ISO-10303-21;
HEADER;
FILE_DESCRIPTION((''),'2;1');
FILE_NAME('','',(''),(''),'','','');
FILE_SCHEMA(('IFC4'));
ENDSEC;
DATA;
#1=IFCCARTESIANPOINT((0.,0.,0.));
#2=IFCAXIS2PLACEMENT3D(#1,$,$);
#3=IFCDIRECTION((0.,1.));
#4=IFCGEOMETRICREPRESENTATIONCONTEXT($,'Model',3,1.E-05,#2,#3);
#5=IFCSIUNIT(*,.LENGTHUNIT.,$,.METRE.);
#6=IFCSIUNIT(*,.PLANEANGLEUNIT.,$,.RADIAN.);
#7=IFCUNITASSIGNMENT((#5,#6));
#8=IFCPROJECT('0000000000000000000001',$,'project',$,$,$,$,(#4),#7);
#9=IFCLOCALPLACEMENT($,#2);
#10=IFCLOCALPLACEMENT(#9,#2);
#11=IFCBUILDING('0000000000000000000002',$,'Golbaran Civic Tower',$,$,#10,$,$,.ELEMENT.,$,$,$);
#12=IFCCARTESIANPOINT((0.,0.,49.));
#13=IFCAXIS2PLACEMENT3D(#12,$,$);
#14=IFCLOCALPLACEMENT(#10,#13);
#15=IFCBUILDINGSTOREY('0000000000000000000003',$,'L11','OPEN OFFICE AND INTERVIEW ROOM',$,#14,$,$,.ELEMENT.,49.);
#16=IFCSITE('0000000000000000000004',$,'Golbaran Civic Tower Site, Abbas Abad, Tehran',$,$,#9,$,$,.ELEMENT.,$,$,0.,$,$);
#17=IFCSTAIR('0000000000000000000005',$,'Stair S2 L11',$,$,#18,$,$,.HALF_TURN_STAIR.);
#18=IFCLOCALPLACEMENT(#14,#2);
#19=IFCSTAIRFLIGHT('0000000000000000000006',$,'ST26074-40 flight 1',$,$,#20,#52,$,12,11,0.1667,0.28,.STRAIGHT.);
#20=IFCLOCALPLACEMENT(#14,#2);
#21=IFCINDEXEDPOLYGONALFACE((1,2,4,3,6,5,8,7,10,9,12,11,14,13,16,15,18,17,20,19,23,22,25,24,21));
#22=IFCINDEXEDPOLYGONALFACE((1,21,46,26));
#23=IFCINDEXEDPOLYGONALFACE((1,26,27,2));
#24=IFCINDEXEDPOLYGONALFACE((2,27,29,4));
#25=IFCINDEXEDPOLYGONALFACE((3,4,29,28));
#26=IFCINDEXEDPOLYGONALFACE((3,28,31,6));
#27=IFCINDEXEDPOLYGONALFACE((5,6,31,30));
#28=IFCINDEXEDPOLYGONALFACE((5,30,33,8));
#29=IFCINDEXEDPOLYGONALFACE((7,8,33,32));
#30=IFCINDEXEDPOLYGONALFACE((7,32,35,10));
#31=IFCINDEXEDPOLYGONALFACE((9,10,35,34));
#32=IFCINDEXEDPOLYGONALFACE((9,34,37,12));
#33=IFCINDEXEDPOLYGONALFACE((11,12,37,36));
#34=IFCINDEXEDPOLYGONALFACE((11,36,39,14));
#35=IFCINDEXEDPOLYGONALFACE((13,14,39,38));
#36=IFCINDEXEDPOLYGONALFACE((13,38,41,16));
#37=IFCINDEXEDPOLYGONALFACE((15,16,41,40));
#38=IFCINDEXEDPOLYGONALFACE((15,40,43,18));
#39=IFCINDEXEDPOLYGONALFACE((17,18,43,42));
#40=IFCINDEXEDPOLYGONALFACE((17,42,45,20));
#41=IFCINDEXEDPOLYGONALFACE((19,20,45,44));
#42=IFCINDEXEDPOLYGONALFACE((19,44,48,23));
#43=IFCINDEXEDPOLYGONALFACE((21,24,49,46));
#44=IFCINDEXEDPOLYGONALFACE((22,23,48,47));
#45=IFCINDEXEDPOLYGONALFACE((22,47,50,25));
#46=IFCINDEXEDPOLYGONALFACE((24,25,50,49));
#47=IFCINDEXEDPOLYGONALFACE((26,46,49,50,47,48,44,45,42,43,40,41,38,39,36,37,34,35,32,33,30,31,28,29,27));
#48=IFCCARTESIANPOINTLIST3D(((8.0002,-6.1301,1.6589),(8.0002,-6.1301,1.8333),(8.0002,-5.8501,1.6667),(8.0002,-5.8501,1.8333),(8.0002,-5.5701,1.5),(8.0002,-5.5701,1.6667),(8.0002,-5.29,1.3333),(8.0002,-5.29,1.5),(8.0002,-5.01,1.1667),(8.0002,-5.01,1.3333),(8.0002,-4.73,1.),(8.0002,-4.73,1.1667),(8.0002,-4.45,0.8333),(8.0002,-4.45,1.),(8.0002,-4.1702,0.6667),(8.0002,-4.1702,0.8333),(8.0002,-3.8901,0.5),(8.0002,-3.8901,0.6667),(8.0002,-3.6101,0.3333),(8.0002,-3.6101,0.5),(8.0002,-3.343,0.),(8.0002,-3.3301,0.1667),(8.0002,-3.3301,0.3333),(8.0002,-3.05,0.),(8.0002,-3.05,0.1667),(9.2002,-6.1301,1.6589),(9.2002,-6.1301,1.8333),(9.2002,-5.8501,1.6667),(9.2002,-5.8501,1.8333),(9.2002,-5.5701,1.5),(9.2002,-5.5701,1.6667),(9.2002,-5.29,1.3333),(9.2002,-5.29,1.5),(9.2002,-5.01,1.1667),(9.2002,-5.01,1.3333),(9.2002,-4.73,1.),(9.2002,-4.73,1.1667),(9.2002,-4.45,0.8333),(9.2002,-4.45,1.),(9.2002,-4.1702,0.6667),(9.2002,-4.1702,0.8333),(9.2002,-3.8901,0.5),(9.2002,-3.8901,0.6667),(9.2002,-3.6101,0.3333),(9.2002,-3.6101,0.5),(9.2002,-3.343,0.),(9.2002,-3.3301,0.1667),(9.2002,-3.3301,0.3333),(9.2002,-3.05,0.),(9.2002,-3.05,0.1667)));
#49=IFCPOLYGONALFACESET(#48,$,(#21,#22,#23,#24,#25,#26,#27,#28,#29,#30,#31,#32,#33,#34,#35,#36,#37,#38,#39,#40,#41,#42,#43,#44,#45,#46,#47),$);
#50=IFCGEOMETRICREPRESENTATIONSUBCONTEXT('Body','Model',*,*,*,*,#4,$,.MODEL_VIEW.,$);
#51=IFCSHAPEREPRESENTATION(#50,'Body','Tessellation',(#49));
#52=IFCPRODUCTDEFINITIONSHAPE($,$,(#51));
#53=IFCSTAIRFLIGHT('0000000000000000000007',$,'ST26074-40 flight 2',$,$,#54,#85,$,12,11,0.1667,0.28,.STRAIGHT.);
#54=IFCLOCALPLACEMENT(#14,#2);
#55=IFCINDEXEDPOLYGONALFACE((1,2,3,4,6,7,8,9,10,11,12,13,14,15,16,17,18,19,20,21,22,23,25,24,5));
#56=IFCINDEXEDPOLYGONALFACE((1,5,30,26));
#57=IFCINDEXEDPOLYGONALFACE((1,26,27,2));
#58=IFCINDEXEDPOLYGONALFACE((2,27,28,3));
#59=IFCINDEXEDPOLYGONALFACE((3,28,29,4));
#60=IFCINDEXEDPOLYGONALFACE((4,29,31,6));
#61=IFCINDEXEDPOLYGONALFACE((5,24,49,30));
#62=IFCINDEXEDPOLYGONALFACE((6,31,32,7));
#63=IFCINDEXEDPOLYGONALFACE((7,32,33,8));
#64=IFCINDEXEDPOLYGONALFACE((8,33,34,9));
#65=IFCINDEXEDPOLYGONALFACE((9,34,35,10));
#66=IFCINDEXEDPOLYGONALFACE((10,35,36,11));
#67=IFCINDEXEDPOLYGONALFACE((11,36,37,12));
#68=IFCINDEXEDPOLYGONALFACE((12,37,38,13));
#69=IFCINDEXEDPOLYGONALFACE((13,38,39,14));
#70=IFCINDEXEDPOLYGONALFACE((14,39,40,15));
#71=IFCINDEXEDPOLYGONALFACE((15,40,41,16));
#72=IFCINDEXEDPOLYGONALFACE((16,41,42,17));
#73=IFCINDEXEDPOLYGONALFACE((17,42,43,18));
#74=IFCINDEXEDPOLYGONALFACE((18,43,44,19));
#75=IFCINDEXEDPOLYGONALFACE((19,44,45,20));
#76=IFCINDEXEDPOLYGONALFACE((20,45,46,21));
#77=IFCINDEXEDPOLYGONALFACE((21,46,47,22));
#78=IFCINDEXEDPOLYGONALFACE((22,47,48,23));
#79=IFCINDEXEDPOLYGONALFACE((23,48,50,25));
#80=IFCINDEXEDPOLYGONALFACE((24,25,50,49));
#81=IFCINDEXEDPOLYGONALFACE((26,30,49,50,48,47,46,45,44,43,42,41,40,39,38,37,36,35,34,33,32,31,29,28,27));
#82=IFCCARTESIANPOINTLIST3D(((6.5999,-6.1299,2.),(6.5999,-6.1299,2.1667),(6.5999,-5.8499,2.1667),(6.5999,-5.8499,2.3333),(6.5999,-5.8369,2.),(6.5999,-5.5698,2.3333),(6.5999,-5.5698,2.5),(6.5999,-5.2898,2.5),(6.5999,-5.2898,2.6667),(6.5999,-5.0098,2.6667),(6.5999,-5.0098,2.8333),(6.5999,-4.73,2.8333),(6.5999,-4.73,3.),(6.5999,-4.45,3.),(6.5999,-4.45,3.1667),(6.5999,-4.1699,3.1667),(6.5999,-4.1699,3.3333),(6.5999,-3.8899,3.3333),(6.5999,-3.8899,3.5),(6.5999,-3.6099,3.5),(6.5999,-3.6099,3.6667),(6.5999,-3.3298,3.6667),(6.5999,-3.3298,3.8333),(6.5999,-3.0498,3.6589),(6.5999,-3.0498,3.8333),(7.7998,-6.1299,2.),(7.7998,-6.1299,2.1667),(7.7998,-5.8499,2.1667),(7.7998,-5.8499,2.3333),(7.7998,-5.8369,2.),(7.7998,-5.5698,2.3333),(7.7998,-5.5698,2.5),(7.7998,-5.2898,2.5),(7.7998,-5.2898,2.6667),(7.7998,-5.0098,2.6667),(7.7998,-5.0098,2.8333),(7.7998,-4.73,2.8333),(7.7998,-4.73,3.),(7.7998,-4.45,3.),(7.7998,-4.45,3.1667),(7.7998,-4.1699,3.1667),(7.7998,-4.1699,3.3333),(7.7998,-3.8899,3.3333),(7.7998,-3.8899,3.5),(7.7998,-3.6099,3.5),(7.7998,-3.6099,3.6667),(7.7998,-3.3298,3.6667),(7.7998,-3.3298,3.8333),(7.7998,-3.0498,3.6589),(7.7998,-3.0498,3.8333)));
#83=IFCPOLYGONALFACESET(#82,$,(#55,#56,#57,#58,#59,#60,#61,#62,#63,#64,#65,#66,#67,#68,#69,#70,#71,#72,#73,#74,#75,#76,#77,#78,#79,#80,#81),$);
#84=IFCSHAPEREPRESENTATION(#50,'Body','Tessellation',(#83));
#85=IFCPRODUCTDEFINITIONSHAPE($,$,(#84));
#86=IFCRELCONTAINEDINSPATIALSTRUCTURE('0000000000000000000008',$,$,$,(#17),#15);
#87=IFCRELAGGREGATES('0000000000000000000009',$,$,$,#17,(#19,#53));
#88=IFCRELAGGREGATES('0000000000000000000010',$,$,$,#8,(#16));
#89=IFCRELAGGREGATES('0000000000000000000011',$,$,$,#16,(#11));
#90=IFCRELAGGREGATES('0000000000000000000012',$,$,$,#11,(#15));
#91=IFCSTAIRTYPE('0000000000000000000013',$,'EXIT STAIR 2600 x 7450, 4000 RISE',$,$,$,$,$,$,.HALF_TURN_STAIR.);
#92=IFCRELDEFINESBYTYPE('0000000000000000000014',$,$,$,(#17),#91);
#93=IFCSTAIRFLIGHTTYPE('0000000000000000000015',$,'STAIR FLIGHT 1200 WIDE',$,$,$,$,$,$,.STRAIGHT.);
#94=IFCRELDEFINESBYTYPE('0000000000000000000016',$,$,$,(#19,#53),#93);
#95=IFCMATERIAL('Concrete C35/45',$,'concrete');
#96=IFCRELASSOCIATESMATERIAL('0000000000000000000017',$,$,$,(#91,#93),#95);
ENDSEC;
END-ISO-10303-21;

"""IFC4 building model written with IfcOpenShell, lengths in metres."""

from ifc_helpers import new_model, si_unit, direction, frame, origin, place, context, subcontext, project, spatial, polyline, outline, extrude, material, type_object, element, aggregate, save


model = new_model("IFC4")

# Units and contexts
model_context = context("Model", 3, precision=1e-05, world=origin(), true_north=direction((0.0, 1.0)))
body_context = subcontext(model_context, "Body", "Model", "MODEL_VIEW")
ifc_project = project(units=[si_unit("LENGTHUNIT", "METRE"), si_unit("PLANEANGLEUNIT", "RADIAN")], contexts=[model_context])

# Site, building, storey
site_placement = place(None, origin())
site = spatial("IfcSite", under=ifc_project, at=site_placement, Name="Golbaran Civic Tower Site, Abbas Abad, Tehran", CompositionType="ELEMENT", RefElevation=0.0)
building_placement = place(site_placement, origin())
building = spatial("IfcBuilding", under=site, at=building_placement, Name="Golbaran Civic Tower", CompositionType="ELEMENT")
storey_placement = place(building_placement, frame((0.0, 0.0, 49.0)))
storey = spatial("IfcBuildingStorey", under=building, at=storey_placement, Name="L11", Description="OPEN OFFICE AND INTERVIEW ROOM", CompositionType="ELEMENT", Elevation=49.0)

# Shared definitions
ifc_material_1 = material(Name="Concrete C35/45", Category="concrete")

# Stair, stair flights
stair_type_1 = type_object("IfcStairType", Name="EXIT STAIR 2600 x 7450, 4000 RISE", PredefinedType="HALF_TURN_STAIR", material=ifc_material_1)
stair_1_placement = place(storey_placement, origin())
stair_1 = element("IfcStair", 1, at=stair_1_placement, inside=storey, type_object=stair_type_1, Name="Stair S2 L11", PredefinedType="HALF_TURN_STAIR")
stair_flight_type = type_object("IfcStairFlightType", Name="STAIR FLIGHT 1200 WIDE", PredefinedType="STRAIGHT", material=ifc_material_1)
stair_flight_1_placement = place(storey_placement, frame((8.6001, -3.05, 0.0), z_axis=(0.0, 0.0, 1.0), x_axis=(0.0, -1.0, 0.0)))
stair_flight_1 = element("IfcStairFlight", 2, at=stair_flight_1_placement, type_object=stair_flight_type, Name="ST26074-40 flight 1", NumberOfRisers=12, NumberOfTreads=11, PredefinedType="STRAIGHT", RiserHeight=0.1667, TreadLength=0.28, context=body_context, shape_type="SweptSolid", body=[
    extrude(outline(polyline([(0.0, 0.0), (0.0, 0.1667), (0.28, 0.1667), (0.28, 0.3333), (0.5601, 0.3333), (0.5601, 0.5), (0.8401, 0.5), (0.8401, 0.6667), (1.1201, 0.6667), (1.1201, 0.8333), (1.3999, 0.8333), (1.3999, 1.0), (1.6799, 1.0), (1.6799, 1.1667), (1.96, 1.1667), (1.96, 1.3333), (2.24, 1.3333), (2.24, 1.5), (2.52, 1.5), (2.52, 1.6667), (2.8, 1.6667), (2.8, 1.8333), (3.0801, 1.8333), (3.0801, 2.0), (3.0801, 1.6589), (0.293, 0.0), (0.0, 0.0)])), frame((0.0, 0.6001, 0.0), z_axis=(0.0, -1.0, 0.0), x_axis=(1.0, 0.0, 0.0)), (0.0, 0.0, 1.0), 1.2),
])
stair_flight_2_placement = place(storey_placement, frame((7.2, -6.1299, 2.0), z_axis=(0.0, 0.0, 1.0), x_axis=(0.0, 1.0, 0.0)))
stair_flight_2 = element("IfcStairFlight", 3, at=stair_flight_2_placement, type_object=stair_flight_type, Name="ST26074-40 flight 2", NumberOfRisers=12, NumberOfTreads=11, PredefinedType="STRAIGHT", RiserHeight=0.1667, TreadLength=0.28, context=body_context, shape_type="SweptSolid", body=[
    extrude(outline(polyline([(0.0, 0.0), (0.0, 0.1667), (0.28, 0.1667), (0.28, 0.3333), (0.5601, 0.3333), (0.5601, 0.5), (0.8401, 0.5), (0.8401, 0.6667), (1.1201, 0.6667), (1.1201, 0.8333), (1.3999, 0.8333), (1.3999, 1.0), (1.6799, 1.0), (1.6799, 1.1667), (1.96, 1.1667), (1.96, 1.3333), (2.24, 1.3333), (2.24, 1.5), (2.52, 1.5), (2.52, 1.6667), (2.8, 1.6667), (2.8, 1.8333), (3.0801, 1.8333), (3.0801, 2.0), (3.0801, 1.6589), (0.293, 0.0), (0.0, 0.0)])), frame((0.0, 0.6001, 0.0), z_axis=(0.0, -1.0, 0.0), x_axis=(1.0, 0.0, 0.0)), (0.0, 0.0, 1.0), 1.2),
])
aggregate(stair_1, [stair_flight_1, stair_flight_2])

save(model, "model.ifc")
